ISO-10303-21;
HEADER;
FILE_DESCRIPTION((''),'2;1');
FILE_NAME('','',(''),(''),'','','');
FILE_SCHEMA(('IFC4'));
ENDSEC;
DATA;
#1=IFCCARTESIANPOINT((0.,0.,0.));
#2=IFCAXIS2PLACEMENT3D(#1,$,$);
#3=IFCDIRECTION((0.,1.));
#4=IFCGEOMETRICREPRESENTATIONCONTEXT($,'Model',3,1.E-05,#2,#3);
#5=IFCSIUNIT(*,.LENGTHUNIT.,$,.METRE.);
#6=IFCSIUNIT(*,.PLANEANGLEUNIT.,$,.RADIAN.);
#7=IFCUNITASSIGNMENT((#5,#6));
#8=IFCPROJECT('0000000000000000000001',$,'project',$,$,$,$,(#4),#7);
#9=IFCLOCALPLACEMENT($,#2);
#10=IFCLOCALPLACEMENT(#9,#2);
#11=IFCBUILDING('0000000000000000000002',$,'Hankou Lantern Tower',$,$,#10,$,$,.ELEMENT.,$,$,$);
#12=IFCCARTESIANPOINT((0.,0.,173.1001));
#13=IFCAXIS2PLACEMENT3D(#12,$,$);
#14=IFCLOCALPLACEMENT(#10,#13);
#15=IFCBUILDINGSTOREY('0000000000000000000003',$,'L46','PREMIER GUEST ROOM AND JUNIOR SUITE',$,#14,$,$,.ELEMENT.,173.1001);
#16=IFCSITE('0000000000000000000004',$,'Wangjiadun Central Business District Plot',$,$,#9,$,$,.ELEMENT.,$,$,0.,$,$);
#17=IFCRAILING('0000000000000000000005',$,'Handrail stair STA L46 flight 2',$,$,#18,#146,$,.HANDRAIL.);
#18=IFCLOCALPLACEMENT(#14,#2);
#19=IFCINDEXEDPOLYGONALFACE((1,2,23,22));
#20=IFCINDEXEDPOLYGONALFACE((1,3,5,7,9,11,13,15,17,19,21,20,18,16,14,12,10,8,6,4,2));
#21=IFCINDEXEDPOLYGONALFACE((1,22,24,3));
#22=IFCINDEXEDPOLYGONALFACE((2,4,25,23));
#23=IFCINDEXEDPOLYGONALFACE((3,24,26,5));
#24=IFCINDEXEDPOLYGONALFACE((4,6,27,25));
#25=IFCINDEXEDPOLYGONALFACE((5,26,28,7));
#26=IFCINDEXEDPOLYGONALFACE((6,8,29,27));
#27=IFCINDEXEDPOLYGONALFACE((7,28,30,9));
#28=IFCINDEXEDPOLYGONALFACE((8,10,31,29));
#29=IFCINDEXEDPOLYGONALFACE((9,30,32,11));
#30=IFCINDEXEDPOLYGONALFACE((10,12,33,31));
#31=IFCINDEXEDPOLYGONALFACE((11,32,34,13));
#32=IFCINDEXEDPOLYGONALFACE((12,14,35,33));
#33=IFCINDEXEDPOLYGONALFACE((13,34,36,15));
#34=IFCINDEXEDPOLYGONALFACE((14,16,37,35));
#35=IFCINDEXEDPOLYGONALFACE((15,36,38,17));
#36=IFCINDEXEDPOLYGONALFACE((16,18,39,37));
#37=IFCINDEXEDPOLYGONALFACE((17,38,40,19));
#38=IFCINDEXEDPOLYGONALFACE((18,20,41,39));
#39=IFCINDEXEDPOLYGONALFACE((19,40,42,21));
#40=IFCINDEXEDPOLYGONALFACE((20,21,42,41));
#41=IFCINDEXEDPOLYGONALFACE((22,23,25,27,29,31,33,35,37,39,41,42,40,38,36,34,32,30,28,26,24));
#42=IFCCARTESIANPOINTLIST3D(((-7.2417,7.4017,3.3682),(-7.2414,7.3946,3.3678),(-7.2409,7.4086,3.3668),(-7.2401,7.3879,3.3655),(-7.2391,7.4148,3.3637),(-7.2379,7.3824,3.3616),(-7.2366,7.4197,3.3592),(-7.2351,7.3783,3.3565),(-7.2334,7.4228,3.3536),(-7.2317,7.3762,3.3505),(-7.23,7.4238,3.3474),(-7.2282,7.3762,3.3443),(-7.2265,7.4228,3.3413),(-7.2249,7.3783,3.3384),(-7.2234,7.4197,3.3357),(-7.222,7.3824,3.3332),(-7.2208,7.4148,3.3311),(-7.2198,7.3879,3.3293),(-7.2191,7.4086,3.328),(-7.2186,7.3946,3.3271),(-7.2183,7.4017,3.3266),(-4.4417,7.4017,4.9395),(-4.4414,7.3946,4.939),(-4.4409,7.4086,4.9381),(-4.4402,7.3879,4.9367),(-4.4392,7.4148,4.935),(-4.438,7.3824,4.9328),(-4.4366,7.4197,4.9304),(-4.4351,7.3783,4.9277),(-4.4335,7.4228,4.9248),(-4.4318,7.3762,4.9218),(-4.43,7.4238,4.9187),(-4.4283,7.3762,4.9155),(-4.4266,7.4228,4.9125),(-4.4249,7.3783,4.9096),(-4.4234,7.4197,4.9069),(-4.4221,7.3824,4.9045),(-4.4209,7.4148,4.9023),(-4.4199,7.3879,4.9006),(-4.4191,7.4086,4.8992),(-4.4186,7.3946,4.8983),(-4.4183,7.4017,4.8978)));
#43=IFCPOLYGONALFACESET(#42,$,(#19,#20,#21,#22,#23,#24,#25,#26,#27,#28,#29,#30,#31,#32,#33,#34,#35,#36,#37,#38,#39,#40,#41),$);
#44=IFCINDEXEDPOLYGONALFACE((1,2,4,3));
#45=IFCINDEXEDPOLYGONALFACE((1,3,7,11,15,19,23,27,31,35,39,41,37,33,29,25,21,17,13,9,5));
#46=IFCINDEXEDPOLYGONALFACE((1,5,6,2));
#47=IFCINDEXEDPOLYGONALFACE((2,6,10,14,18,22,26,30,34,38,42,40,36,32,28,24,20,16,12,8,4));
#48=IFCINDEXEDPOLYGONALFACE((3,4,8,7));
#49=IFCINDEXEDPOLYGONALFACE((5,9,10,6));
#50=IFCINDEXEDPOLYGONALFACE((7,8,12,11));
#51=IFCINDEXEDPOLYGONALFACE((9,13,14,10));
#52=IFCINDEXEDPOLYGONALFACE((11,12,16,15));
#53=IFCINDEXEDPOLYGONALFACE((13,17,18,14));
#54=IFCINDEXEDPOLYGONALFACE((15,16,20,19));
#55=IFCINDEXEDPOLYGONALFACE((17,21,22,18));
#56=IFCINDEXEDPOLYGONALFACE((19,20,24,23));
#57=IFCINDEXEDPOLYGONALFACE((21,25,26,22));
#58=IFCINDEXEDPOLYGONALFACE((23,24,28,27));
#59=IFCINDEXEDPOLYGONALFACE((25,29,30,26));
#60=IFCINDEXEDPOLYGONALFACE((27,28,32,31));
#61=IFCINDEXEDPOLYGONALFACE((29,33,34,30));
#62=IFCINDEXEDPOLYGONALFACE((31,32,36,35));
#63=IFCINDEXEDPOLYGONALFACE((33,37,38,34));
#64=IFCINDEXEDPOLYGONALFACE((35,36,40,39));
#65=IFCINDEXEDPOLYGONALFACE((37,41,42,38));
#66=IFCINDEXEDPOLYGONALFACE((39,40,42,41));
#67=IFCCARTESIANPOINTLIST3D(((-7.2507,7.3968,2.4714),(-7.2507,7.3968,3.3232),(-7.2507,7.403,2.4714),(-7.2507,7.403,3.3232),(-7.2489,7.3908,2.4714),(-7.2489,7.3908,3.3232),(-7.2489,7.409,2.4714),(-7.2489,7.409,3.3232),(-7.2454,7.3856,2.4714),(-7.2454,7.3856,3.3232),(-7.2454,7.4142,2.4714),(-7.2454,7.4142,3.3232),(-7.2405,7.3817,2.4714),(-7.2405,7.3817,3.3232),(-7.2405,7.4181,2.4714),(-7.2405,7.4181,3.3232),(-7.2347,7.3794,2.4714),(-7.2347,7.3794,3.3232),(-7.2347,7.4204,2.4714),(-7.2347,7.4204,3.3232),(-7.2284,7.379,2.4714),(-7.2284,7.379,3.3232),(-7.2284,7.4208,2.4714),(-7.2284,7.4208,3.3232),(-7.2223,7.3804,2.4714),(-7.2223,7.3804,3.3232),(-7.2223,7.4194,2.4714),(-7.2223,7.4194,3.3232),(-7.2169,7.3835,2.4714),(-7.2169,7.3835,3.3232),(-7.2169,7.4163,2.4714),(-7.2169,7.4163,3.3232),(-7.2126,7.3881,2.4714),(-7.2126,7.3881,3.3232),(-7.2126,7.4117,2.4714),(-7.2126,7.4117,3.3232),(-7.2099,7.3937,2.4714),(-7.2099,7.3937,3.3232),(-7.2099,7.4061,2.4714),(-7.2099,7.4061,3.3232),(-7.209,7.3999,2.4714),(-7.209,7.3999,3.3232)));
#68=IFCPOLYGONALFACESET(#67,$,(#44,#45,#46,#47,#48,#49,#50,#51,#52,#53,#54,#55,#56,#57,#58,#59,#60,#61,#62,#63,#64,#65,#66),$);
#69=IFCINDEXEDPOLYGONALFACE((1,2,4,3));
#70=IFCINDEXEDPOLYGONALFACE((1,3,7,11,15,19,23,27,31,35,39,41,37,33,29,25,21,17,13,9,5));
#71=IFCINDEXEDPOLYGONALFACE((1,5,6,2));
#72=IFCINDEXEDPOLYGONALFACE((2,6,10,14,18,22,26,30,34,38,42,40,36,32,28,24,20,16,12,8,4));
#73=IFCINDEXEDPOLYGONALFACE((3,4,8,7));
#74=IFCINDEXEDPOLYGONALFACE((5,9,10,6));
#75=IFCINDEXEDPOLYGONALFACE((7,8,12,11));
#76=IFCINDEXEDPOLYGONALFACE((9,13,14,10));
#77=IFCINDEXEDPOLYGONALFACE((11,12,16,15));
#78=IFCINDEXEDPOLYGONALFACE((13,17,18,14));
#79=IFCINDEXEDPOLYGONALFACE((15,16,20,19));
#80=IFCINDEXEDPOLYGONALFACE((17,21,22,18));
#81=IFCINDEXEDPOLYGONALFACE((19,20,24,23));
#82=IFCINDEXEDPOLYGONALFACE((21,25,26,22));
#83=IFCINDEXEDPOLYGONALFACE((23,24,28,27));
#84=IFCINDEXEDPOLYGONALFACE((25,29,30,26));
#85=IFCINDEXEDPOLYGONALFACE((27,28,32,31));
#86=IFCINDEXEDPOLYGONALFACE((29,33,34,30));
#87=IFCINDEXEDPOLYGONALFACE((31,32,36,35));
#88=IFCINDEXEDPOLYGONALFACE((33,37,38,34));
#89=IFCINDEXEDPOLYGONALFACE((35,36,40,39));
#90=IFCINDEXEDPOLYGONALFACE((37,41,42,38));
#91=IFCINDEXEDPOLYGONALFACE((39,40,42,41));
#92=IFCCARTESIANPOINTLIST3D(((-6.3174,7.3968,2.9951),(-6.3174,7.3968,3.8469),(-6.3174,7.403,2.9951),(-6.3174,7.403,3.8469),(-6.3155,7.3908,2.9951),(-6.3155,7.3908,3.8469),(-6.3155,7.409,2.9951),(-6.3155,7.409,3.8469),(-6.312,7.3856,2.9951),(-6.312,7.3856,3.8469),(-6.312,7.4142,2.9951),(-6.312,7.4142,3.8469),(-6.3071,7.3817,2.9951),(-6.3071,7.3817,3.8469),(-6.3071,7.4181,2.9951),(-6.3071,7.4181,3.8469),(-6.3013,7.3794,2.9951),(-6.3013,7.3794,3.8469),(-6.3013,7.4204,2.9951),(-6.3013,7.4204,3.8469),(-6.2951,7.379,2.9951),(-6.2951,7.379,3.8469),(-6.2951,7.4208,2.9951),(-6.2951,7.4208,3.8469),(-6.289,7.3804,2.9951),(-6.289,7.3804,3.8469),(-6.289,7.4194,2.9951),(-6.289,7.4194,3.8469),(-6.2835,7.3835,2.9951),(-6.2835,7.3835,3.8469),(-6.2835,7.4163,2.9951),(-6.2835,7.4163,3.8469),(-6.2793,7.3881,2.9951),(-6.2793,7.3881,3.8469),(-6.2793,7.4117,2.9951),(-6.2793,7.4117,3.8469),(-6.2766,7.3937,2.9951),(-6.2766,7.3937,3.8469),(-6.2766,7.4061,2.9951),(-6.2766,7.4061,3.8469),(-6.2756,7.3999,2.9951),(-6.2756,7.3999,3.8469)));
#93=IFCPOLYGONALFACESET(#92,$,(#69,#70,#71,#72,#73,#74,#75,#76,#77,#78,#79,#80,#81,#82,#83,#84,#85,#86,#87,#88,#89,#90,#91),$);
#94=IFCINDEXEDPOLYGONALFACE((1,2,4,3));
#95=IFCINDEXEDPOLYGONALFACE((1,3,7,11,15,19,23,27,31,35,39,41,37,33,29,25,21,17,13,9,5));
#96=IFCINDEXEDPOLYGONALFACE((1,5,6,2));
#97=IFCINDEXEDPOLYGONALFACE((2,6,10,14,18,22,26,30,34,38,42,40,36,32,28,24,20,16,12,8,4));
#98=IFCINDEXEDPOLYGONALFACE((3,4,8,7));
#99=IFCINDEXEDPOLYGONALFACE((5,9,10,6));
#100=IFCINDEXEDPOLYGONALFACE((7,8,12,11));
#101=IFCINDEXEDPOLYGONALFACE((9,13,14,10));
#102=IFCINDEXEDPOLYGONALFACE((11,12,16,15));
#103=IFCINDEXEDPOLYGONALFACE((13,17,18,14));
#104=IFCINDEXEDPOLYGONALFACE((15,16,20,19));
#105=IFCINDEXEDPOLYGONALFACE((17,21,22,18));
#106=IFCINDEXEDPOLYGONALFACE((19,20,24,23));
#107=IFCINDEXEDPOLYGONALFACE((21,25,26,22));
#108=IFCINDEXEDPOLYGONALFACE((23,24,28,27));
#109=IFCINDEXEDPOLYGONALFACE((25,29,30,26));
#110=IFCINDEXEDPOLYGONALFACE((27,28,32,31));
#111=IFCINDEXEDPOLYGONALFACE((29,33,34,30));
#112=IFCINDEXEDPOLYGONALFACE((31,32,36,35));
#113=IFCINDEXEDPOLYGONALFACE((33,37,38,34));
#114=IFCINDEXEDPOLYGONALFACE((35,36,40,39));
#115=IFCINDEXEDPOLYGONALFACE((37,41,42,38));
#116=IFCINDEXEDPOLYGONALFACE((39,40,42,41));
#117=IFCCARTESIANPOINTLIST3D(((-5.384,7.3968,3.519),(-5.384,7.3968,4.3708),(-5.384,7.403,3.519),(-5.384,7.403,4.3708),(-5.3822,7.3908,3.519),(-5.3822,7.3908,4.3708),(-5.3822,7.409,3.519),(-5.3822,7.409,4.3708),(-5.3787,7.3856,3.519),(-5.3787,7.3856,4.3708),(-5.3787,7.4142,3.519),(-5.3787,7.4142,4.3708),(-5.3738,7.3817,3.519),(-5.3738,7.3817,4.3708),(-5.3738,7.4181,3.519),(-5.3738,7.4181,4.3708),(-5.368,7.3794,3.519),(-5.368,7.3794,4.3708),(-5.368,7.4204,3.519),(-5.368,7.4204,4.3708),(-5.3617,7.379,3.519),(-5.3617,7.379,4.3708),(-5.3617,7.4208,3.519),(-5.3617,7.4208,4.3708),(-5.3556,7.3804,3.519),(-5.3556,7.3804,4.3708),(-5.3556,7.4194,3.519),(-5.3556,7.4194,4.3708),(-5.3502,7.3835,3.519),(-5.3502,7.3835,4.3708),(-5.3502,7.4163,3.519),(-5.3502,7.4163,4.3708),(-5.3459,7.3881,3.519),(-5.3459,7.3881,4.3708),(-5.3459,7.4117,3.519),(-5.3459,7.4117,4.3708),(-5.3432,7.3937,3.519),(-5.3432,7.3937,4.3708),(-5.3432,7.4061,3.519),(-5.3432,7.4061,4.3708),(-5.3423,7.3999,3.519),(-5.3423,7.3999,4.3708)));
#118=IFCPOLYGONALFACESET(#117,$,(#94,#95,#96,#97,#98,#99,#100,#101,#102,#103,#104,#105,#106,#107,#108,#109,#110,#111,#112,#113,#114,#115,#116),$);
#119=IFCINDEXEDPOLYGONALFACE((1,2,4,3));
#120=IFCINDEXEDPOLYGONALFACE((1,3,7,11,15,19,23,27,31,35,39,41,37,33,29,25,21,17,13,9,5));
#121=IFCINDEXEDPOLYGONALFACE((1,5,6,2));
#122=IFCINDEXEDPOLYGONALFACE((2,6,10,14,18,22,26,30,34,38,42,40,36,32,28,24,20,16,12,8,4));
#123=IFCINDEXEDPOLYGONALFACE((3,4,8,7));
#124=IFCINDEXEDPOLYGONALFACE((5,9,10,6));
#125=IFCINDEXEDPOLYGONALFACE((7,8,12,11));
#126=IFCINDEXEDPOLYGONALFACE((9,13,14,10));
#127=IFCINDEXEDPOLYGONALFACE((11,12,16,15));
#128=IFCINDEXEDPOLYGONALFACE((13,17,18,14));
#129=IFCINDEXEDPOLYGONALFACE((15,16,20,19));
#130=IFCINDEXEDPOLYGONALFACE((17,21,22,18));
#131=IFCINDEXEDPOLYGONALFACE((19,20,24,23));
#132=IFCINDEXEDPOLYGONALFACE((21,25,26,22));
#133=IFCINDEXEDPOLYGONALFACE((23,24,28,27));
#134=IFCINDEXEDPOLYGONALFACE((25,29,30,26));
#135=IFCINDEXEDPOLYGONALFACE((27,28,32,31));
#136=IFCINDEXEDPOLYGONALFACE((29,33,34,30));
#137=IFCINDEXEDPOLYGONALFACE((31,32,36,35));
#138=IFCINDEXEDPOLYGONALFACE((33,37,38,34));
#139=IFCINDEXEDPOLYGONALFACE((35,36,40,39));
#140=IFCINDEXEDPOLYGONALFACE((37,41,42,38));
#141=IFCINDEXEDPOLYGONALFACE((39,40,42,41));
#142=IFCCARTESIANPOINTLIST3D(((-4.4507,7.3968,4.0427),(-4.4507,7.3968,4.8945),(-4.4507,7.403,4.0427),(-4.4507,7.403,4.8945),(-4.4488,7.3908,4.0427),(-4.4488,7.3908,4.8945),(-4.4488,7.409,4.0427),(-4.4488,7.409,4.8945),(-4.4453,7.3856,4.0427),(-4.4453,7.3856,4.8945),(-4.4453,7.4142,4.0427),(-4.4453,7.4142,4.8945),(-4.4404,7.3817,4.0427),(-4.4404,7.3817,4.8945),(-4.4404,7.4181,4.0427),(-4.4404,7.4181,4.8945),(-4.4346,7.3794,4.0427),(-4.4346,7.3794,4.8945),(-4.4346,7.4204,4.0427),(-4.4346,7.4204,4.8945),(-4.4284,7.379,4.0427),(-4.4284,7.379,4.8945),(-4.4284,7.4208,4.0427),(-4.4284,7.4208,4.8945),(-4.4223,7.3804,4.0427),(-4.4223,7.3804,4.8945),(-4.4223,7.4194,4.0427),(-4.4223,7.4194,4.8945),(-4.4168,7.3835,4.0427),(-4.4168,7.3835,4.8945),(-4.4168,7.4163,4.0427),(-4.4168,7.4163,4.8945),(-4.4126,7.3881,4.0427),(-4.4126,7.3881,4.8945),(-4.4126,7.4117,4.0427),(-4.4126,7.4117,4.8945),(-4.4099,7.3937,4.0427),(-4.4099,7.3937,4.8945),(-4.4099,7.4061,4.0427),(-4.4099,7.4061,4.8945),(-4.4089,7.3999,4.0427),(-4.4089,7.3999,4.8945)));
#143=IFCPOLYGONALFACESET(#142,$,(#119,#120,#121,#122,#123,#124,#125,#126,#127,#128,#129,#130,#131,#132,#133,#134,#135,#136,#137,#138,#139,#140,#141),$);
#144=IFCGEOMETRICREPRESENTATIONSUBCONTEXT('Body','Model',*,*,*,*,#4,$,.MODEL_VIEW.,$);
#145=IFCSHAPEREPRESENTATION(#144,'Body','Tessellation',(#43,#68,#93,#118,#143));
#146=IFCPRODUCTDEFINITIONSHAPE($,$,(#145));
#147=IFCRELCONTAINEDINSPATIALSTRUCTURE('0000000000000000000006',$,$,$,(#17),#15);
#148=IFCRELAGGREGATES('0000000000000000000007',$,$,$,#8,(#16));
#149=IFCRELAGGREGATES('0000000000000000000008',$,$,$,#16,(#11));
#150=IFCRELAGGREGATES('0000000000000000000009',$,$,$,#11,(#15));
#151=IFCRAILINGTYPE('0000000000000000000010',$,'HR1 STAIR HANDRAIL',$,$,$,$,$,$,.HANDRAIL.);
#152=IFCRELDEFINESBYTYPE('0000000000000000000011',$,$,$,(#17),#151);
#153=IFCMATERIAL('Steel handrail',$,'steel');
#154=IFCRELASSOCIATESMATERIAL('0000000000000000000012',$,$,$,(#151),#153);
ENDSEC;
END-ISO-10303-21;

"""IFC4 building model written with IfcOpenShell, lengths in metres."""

from ifc_helpers import new_model, si_unit, direction, frame, origin, origin_2d, place, context, subcontext, project, spatial, circle, extrude, material, type_object, element, save


model = new_model("IFC4")

# Units and contexts
model_context = context("Model", 3, precision=1e-05, world=origin(), true_north=direction((0.0, 1.0)))
body_context = subcontext(model_context, "Body", "Model", "MODEL_VIEW")
ifc_project = project(units=[si_unit("LENGTHUNIT", "METRE"), si_unit("PLANEANGLEUNIT", "RADIAN")], contexts=[model_context])

# Site, building, storey
site_placement = place(None, origin())
site = spatial("IfcSite", under=ifc_project, at=site_placement, Name="Wangjiadun Central Business District Plot", CompositionType="ELEMENT", RefElevation=0.0)
building_placement = place(site_placement, origin())
building = spatial("IfcBuilding", under=site, at=building_placement, Name="Hankou Lantern Tower", CompositionType="ELEMENT")
storey_placement = place(building_placement, frame((0.0, 0.0, 173.1001)))
storey = spatial("IfcBuildingStorey", under=building, at=storey_placement, Name="L46", Description="PREMIER GUEST ROOM AND JUNIOR SUITE", CompositionType="ELEMENT", Elevation=173.1001)

# Railing
ifc_material_1 = material(Name="Steel handrail", Category="steel")
railing_type = type_object("IfcRailingType", Name="HR1 STAIR HANDRAIL", PredefinedType="HANDRAIL", material=ifc_material_1)
railing_1_placement = place(storey_placement, frame((-7.23, 7.3999, 2.4714)))
element("IfcRailing", 1, at=railing_1_placement, inside=storey, type_object=railing_type, Name="Handrail stair STA L46 flight 2", PredefinedType="HANDRAIL", context=body_context, shape_type="SweptSolid", body=[
    extrude(circle(Radius=0.0239, at=origin_2d()), frame((0.0, 0.0, 0.876), z_axis=(0.872073, 0.0, 0.489377), x_axis=(0.0, 1.0, 0.0)), (0.0, 0.0, 1.0), 3.2107),
    extrude(circle(Radius=0.021, at=origin_2d()), origin(), (0.0, 0.0, 1.0), 0.8518),
    extrude(circle(Radius=0.021, at=origin_2d()), frame((0.9333, 0.0, 0.5237)), (0.0, 0.0, 1.0), 0.8518),
    extrude(circle(Radius=0.021, at=origin_2d()), frame((1.8667, 0.0, 1.0476)), (0.0, 0.0, 1.0), 0.8518),
    extrude(circle(Radius=0.021, at=origin_2d()), frame((2.8, 0.0, 1.5713)), (0.0, 0.0, 1.0), 0.8518),
])

save(model, "model.ifc")
